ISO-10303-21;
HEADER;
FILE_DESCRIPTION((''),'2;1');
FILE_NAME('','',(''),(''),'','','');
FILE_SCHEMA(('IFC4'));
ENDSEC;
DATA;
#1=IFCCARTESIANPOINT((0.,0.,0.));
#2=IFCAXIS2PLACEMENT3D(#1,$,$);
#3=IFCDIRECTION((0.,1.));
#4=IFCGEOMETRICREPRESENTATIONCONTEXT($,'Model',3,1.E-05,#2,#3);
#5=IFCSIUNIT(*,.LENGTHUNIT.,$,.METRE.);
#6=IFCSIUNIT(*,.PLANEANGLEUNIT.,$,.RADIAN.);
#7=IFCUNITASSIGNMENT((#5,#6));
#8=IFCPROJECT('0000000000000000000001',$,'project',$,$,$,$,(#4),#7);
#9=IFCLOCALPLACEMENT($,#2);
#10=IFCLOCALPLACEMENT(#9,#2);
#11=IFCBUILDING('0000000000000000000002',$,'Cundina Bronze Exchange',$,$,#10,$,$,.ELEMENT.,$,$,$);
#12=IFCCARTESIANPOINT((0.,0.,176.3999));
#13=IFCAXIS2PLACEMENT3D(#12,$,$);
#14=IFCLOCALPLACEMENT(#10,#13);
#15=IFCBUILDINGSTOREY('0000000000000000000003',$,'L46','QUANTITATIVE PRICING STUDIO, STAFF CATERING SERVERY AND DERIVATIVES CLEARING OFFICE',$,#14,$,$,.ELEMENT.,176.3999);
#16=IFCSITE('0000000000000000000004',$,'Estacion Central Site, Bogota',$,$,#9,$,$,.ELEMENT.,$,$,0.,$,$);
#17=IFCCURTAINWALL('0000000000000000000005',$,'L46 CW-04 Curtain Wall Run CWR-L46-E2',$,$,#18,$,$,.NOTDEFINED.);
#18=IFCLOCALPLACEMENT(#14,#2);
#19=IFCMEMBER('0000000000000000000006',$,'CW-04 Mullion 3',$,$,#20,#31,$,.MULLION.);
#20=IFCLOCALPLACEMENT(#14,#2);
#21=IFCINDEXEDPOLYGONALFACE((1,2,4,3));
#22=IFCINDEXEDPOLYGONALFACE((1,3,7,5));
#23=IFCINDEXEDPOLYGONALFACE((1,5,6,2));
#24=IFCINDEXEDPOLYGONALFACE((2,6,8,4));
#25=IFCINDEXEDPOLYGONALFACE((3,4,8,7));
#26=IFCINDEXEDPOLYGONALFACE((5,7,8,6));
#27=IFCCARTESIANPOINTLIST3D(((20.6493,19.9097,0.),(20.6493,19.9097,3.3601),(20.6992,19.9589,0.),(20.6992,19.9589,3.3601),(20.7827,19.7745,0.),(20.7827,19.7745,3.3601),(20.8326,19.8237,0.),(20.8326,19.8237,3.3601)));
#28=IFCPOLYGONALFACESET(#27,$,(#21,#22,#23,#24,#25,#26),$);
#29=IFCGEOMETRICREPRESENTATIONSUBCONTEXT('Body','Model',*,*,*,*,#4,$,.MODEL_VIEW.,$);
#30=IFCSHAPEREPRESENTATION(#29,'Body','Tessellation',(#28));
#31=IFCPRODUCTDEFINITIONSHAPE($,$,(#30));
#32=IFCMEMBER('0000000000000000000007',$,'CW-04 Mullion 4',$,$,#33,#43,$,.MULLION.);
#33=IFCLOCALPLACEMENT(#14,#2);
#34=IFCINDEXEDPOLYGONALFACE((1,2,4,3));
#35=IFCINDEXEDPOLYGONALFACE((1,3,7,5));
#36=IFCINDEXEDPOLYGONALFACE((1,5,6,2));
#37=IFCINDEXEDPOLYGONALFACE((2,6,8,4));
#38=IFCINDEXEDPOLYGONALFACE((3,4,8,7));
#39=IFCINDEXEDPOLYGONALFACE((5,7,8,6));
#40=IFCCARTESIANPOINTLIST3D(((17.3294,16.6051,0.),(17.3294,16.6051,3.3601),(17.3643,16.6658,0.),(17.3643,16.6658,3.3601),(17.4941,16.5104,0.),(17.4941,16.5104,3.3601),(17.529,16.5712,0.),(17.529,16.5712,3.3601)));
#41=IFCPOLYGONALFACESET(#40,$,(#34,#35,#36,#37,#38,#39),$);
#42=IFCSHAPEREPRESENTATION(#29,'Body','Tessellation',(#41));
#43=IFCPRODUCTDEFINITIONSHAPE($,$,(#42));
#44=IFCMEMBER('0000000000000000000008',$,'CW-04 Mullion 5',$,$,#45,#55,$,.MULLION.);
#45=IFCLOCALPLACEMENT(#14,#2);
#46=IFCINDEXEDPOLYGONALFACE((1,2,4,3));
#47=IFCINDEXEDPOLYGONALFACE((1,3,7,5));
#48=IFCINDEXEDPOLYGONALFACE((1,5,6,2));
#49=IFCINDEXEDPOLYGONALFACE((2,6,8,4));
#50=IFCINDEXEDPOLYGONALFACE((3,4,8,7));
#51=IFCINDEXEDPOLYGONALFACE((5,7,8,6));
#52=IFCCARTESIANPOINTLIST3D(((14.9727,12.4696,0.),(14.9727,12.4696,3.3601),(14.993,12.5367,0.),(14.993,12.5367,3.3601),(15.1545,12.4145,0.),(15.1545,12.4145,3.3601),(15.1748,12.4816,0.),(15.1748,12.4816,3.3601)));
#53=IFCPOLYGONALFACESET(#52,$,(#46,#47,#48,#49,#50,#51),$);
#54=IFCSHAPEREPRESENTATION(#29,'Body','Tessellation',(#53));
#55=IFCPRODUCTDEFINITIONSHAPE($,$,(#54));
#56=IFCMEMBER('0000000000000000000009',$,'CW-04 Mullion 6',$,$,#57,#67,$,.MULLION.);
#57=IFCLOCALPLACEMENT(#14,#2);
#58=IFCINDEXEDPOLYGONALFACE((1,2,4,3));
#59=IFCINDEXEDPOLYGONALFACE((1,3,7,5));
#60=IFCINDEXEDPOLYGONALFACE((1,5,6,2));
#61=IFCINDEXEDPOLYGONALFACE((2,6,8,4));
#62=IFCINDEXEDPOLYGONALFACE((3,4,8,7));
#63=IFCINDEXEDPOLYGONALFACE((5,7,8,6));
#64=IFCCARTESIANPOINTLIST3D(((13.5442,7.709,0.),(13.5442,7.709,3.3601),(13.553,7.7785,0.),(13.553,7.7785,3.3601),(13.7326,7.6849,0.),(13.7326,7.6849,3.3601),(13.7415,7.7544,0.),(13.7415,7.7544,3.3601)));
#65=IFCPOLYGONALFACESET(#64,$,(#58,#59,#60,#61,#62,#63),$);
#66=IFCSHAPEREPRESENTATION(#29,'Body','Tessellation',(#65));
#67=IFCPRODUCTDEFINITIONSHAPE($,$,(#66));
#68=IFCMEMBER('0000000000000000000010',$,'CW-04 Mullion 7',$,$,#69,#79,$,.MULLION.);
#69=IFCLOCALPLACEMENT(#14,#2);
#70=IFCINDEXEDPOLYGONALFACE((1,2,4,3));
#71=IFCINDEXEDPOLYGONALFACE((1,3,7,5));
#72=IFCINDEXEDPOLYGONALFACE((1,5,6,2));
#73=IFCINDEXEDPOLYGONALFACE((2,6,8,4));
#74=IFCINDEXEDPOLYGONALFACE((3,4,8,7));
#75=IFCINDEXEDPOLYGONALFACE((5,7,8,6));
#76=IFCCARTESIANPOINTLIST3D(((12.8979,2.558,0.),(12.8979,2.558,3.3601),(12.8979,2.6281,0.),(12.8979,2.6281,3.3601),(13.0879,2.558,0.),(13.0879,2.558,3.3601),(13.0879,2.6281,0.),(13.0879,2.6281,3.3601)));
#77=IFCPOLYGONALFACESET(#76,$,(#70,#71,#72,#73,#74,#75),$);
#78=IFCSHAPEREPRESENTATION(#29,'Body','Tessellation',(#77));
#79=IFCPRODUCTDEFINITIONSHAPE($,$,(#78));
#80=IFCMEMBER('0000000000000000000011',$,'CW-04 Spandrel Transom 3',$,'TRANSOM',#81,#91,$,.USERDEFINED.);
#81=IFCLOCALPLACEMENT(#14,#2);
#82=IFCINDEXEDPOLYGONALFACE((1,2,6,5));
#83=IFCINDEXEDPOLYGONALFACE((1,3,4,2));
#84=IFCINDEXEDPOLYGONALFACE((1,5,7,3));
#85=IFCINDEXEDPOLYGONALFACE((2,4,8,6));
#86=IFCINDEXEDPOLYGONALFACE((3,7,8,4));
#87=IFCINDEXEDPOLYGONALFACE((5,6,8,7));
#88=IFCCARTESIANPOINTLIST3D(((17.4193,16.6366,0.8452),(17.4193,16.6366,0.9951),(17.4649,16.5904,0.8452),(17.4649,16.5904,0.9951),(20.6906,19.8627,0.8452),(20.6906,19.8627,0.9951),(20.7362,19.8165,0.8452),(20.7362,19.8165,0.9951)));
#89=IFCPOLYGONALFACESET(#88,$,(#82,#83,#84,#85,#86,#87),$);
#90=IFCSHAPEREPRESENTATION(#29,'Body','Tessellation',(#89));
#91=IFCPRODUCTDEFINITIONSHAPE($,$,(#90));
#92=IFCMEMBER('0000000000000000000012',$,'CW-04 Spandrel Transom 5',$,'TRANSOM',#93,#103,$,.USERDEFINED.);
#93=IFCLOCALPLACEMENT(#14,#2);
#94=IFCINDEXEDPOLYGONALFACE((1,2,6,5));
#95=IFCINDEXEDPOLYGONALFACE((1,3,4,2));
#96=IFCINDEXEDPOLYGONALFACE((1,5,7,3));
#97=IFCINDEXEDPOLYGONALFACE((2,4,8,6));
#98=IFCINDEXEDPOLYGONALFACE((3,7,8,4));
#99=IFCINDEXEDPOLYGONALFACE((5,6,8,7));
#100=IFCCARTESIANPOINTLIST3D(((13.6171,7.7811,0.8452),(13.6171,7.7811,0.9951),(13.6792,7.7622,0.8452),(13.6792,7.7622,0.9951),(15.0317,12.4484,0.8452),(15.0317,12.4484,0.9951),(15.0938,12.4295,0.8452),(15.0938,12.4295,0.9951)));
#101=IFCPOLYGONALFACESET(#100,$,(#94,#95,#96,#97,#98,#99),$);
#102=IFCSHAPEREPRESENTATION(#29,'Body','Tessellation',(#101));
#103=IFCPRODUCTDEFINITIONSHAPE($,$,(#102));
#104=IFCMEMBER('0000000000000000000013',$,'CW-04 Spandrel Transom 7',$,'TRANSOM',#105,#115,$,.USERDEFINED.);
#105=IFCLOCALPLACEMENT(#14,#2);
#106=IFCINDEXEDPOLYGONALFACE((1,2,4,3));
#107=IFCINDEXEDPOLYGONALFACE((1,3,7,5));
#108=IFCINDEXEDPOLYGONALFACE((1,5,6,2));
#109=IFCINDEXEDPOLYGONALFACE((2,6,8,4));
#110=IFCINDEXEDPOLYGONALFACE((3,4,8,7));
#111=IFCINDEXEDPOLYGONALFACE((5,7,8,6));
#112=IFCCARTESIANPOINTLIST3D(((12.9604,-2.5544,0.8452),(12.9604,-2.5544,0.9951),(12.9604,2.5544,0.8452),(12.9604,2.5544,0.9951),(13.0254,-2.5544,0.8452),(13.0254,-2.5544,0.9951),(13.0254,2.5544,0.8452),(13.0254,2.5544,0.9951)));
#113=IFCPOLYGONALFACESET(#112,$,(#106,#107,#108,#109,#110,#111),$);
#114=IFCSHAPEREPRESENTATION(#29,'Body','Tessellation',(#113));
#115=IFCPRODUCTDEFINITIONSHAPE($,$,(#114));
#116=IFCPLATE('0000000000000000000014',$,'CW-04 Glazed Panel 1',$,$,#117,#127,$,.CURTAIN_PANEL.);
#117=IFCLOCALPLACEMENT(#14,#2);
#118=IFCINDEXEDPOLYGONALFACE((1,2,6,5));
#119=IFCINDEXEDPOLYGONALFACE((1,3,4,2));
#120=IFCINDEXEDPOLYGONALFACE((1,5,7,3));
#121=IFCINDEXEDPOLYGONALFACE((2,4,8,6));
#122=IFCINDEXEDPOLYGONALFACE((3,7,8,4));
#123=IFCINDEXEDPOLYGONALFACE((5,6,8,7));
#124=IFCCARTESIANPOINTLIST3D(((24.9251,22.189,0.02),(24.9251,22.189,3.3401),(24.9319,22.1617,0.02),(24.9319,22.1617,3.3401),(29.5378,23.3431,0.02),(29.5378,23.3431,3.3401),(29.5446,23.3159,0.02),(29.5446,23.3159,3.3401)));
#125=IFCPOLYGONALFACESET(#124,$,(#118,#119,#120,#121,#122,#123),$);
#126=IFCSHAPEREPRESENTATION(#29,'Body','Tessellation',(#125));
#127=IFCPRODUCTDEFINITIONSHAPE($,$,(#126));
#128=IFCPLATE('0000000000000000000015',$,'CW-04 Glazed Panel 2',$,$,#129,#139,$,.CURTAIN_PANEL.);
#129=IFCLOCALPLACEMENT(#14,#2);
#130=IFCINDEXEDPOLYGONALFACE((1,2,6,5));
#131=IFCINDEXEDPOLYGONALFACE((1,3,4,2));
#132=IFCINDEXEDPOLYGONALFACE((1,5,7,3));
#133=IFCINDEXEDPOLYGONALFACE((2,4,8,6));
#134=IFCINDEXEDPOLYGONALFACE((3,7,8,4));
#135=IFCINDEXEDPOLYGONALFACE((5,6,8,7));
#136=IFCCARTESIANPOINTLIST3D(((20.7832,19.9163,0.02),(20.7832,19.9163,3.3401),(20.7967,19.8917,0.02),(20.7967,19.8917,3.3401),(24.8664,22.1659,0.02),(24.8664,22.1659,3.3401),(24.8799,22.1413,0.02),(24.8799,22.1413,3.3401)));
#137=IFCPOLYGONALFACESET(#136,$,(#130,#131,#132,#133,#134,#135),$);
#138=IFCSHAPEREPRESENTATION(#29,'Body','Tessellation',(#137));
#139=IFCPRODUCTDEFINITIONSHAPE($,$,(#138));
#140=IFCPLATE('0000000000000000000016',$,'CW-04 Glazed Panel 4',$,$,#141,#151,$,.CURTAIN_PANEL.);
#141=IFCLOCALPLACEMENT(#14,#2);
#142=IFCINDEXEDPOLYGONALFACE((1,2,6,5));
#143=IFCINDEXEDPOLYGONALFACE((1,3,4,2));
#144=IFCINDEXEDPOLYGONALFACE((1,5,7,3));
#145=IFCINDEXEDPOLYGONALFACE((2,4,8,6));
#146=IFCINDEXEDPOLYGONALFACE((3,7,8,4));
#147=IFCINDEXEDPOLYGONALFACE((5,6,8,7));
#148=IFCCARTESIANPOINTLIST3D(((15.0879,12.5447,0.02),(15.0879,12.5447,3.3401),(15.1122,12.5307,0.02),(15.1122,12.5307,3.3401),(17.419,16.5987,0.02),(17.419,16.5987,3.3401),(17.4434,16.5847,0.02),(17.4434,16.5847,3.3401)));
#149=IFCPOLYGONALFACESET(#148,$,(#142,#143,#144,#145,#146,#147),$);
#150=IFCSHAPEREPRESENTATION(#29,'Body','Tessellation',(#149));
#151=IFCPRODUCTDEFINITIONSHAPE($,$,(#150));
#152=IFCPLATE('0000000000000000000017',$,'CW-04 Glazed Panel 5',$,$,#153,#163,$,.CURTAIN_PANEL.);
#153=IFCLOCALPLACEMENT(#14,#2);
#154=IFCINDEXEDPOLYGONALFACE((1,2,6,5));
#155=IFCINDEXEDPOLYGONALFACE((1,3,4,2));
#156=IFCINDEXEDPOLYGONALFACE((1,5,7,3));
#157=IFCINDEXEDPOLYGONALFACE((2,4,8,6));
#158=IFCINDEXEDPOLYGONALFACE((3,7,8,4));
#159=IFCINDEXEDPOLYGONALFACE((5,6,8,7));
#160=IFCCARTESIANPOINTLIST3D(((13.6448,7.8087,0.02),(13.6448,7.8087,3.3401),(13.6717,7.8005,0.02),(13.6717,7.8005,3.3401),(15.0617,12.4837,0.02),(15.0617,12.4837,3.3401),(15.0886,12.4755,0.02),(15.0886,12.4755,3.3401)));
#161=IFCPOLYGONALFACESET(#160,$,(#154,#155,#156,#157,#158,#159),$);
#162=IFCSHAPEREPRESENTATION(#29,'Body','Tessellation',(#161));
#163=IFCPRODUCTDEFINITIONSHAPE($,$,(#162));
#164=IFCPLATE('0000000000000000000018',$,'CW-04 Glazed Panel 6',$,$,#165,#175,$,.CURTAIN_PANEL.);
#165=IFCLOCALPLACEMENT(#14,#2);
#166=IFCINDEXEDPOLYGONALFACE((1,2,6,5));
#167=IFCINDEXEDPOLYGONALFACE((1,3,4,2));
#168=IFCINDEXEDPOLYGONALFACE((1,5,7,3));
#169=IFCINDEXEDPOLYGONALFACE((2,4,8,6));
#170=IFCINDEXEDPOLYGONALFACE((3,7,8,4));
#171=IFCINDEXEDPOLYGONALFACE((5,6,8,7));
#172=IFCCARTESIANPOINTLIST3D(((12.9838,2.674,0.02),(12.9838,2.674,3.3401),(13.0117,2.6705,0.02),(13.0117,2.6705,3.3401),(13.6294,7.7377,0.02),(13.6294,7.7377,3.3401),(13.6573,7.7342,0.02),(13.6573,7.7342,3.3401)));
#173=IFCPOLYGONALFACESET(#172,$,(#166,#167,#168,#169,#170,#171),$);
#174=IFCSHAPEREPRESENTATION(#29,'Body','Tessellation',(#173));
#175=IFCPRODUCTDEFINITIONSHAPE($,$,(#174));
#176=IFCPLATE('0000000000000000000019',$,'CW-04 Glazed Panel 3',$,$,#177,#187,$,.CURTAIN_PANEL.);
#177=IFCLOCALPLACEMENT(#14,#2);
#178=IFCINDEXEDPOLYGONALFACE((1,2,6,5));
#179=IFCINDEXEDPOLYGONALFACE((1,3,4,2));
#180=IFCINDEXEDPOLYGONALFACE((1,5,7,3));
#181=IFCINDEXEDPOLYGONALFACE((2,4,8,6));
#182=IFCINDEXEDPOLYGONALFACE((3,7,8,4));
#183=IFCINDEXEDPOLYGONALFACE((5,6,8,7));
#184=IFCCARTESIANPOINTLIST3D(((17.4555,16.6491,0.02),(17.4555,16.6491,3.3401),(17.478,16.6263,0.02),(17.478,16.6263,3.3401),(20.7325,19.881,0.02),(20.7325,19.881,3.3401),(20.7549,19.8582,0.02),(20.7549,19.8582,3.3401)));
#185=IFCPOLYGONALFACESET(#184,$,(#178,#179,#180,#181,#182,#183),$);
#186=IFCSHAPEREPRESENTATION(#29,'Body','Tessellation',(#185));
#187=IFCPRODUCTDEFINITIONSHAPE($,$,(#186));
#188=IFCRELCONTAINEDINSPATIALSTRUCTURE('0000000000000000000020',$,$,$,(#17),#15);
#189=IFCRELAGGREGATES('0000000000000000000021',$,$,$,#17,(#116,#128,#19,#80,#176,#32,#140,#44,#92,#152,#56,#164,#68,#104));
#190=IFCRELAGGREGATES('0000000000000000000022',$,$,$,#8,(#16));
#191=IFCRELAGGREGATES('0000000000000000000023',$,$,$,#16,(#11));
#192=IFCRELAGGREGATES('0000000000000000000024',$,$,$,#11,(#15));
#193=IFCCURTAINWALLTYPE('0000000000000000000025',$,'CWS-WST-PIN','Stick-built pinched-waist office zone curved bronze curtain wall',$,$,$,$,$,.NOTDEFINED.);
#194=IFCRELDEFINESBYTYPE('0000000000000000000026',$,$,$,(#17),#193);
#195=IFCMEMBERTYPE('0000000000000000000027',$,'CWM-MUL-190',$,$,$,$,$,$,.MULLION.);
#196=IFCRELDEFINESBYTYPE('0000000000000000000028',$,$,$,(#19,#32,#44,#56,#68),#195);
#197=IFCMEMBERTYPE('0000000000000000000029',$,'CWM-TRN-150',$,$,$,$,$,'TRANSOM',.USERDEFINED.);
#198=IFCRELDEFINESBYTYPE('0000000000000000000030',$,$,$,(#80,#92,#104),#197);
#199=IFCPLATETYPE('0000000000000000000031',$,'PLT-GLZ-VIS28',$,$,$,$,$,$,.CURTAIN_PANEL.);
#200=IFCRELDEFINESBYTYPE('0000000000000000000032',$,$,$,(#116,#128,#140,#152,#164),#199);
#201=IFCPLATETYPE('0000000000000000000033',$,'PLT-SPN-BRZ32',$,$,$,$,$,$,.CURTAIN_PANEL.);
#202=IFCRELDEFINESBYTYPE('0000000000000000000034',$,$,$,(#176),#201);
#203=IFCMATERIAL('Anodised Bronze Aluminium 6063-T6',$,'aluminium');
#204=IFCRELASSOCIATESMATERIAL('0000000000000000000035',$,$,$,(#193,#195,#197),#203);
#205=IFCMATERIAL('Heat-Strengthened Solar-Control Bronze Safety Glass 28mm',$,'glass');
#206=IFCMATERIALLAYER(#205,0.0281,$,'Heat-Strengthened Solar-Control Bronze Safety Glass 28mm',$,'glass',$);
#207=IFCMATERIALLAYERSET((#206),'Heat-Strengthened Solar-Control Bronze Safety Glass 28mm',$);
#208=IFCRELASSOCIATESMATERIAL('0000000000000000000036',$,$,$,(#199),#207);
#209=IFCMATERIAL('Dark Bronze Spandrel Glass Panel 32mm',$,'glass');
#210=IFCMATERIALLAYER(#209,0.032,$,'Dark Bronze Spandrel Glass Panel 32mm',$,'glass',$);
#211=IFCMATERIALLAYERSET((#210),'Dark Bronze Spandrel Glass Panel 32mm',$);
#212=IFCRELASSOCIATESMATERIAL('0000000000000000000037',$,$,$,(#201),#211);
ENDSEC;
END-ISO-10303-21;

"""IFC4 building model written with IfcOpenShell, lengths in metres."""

from ifc_helpers import new_model, si_unit, direction, frame, origin, origin_2d, place, context, subcontext, project, spatial, rectangle, extrude, material, layer, layer_set, material_profile, profile_set, type_object, element, aggregate, save


model = new_model("IFC4")

# Units and contexts
model_context = context("Model", 3, precision=1e-05, world=origin(), true_north=direction((0.0, 1.0)))
body_context = subcontext(model_context, "Body", "Model", "MODEL_VIEW")
ifc_project = project(units=[si_unit("LENGTHUNIT", "METRE"), si_unit("PLANEANGLEUNIT", "RADIAN")], contexts=[model_context])

# Site, building, storey
site_placement = place(None, origin())
site = spatial("IfcSite", under=ifc_project, at=site_placement, Name="Estacion Central Site, Bogota", CompositionType="ELEMENT", RefElevation=0.0)
building_placement = place(site_placement, origin())
building = spatial("IfcBuilding", under=site, at=building_placement, Name="Cundina Bronze Exchange", CompositionType="ELEMENT")
storey_placement = place(building_placement, frame((0.0, 0.0, 176.3999)))
storey = spatial("IfcBuildingStorey", under=building, at=storey_placement, Name="L46", Description="QUANTITATIVE PRICING STUDIO, STAFF CATERING SERVERY AND DERIVATIVES CLEARING OFFICE", CompositionType="ELEMENT", Elevation=176.3999)

# Curtain wall, members, plates
ifc_material_1 = material(Name="Anodised Bronze Aluminium 6063-T6", Category="aluminium")
curtain_wall_type = type_object("IfcCurtainWallType", Name="CWS-WST-PIN", Description="Stick-built pinched-waist office zone curved bronze curtain wall", PredefinedType="NOTDEFINED", material=ifc_material_1)
curtain_wall_placement = place(storey_placement, origin())
curtain_wall = element("IfcCurtainWall", 1, at=curtain_wall_placement, inside=storey, type_object=curtain_wall_type, Name="L46 CW-04 Curtain Wall Run CWR-L46-E2", PredefinedType="NOTDEFINED")
ifc_material_profile_1 = material_profile(ifc_material_1, rectangle(XDim=0.0701, YDim=0.1899, at=origin_2d()), Name="AL70X190", Category="aluminium")
ifc_profile_set_1 = profile_set([ifc_material_profile_1], Name="Anodised Bronze Aluminium 6063-T6")
member_type_1 = type_object("IfcMemberType", Name="CWM-MUL-190", PredefinedType="MULLION", material=ifc_profile_set_1)
member_1_placement = place(storey_placement, frame((20.741, 19.8667, 0.0), z_axis=(0.0, 0.0, 1.0), x_axis=(-0.712026, -0.702153, 0.0)))
member_1 = element("IfcMember", 2, at=member_1_placement, type_object=member_type_1, Name="CW-04 Mullion 3", PredefinedType="MULLION", context=body_context, shape_type="SweptSolid", body=[
    extrude(rectangle(XDim=0.0701, YDim=0.1899, at=origin_2d()), origin(), (0.0, 0.0, 1.0), 3.3601),
])
member_2_placement = place(storey_placement, frame((17.4292, 16.5881, 0.0), z_axis=(0.0, 0.0, 1.0), x_axis=(-0.498488, -0.866897, 0.0)))
member_2 = element("IfcMember", 3, at=member_2_placement, type_object=member_type_1, Name="CW-04 Mullion 4", PredefinedType="MULLION", context=body_context, shape_type="SweptSolid", body=[
    extrude(rectangle(XDim=0.0701, YDim=0.1899, at=origin_2d()), origin(), (0.0, 0.0, 1.0), 3.3601),
])
member_3_placement = place(storey_placement, frame((15.0737, 12.4756, 0.0), z_axis=(0.0, 0.0, 1.0), x_axis=(-0.290034, -0.957016, 0.0)))
member_3 = element("IfcMember", 4, at=member_3_placement, type_object=member_type_1, Name="CW-04 Mullion 5", PredefinedType="MULLION", context=body_context, shape_type="SweptSolid", body=[
    extrude(rectangle(XDim=0.0701, YDim=0.1899, at=origin_2d()), origin(), (0.0, 0.0, 1.0), 3.3601),
])
member_4_placement = place(storey_placement, frame((13.6428, 7.7317, 0.0), z_axis=(0.0, 0.0, 1.0), x_axis=(-0.126545, -0.991961, 0.0)))
member_4 = element("IfcMember", 5, at=member_4_placement, type_object=member_type_1, Name="CW-04 Mullion 6", PredefinedType="MULLION", context=body_context, shape_type="SweptSolid", body=[
    extrude(rectangle(XDim=0.0701, YDim=0.1899, at=origin_2d()), origin(), (0.0, 0.0, 1.0), 3.3601),
])
member_5_placement = place(storey_placement, frame((12.9929, 2.593, 0.0), z_axis=(0.0, 0.0, 1.0), x_axis=(0.0, -1.0, 0.0)))
member_5 = element("IfcMember", 6, at=member_5_placement, type_object=member_type_1, Name="CW-04 Mullion 7", PredefinedType="MULLION", context=body_context, shape_type="SweptSolid", body=[
    extrude(rectangle(XDim=0.0701, YDim=0.1899, at=origin_2d()), origin(), (0.0, 0.0, 1.0), 3.3601),
])
ifc_material_profile_2 = material_profile(ifc_material_1, rectangle(XDim=0.0649, YDim=0.1499, at=origin_2d()), Name="AL65X150", Category="aluminium")
ifc_profile_set_2 = profile_set([ifc_material_profile_2], Name="Anodised Bronze Aluminium 6063-T6")
member_type_2 = type_object("IfcMemberType", Name="CWM-TRN-150", ElementType="TRANSOM", PredefinedType="USERDEFINED", material=ifc_profile_set_2)
member_6_placement = place(storey_placement, frame((20.7134, 19.8396, 0.9202), z_axis=(-0.712005, -0.702174, 0.0), x_axis=(0.702174, -0.712005, 0.0)))
member_6 = element("IfcMember", 7, at=member_6_placement, type_object=member_type_2, Name="CW-04 Spandrel Transom 3", ObjectType="TRANSOM", PredefinedType="USERDEFINED", context=body_context, shape_type="SweptSolid", body=[
    extrude(rectangle(XDim=0.0649, YDim=0.1499, at=origin_2d()), origin(), (0.0, 0.0, 1.0), 4.5945),
])
member_7_placement = place(storey_placement, frame((15.0627, 12.439, 0.9202), z_axis=(-0.290052, -0.957011, 0.0), x_axis=(0.957011, -0.290052, 0.0)))
member_7 = element("IfcMember", 8, at=member_7_placement, type_object=member_type_2, Name="CW-04 Spandrel Transom 5", ObjectType="TRANSOM", PredefinedType="USERDEFINED", context=body_context, shape_type="SweptSolid", body=[
    extrude(rectangle(XDim=0.0649, YDim=0.1499, at=origin_2d()), origin(), (0.0, 0.0, 1.0), 4.877),
])
member_8_placement = place(storey_placement, frame((12.9929, 2.5544, 0.9202), z_axis=(0.0, -1.0, 0.0), x_axis=(1.0, 0.0, 0.0)))
member_8 = element("IfcMember", 9, at=member_8_placement, type_object=member_type_2, Name="CW-04 Spandrel Transom 7", ObjectType="TRANSOM", PredefinedType="USERDEFINED", context=body_context, shape_type="SweptSolid", body=[
    extrude(rectangle(XDim=0.0649, YDim=0.1499, at=origin_2d()), origin(), (0.0, 0.0, 1.0), 5.1089),
])
ifc_material_2 = material(Name="Heat-Strengthened Solar-Control Bronze Safety Glass 28mm", Category="glass")
ifc_layer_1 = layer(ifc_material_2, 0.0281, Name="Heat-Strengthened Solar-Control Bronze Safety Glass 28mm", Category="glass")
ifc_layer_set_1 = layer_set([ifc_layer_1], Name="Heat-Strengthened Solar-Control Bronze Safety Glass 28mm")
plate_type_1 = type_object("IfcPlateType", Name="PLT-GLZ-VIS28", PredefinedType="CURTAIN_PANEL", material=ifc_layer_set_1)
plate_1_placement = place(storey_placement, frame((27.2349, 22.7524, 0.02), z_axis=(0.0, 0.0, 1.0), x_axis=(-0.970093, -0.242735, 0.0)))
plate_1 = element("IfcPlate", 10, at=plate_1_placement, type_object=plate_type_1, Name="CW-04 Glazed Panel 1", PredefinedType="CURTAIN_PANEL", context=body_context, shape_type="SweptSolid", body=[
    extrude(rectangle(XDim=4.7549, YDim=0.0281, at=origin_2d()), origin(), (0.0, 0.0, 1.0), 3.3201),
])
plate_2_placement = place(storey_placement, frame((22.8315, 21.0288, 0.02), z_axis=(0.0, 0.0, 1.0), x_axis=(-0.875869, -0.482549, 0.0)))
plate_2 = element("IfcPlate", 11, at=plate_2_placement, type_object=plate_type_1, Name="CW-04 Glazed Panel 2", PredefinedType="CURTAIN_PANEL", context=body_context, shape_type="SweptSolid", body=[
    extrude(rectangle(XDim=4.6619, YDim=0.0281, at=origin_2d()), origin(), (0.0, 0.0, 1.0), 3.3201),
])
plate_3_placement = place(storey_placement, frame((16.2656, 14.5647, 0.02), z_axis=(0.0, 0.0, 1.0), x_axis=(-0.498488, -0.866897, 0.0)))
plate_3 = element("IfcPlate", 12, at=plate_3_placement, type_object=plate_type_1, Name="CW-04 Glazed Panel 4", PredefinedType="CURTAIN_PANEL", context=body_context, shape_type="SweptSolid", body=[
    extrude(rectangle(XDim=4.6765, YDim=0.0281, at=origin_2d()), origin(), (0.0, 0.0, 1.0), 3.3201),
])
plate_4_placement = place(storey_placement, frame((14.3667, 10.1421, 0.02), z_axis=(0.0, 0.0, 1.0), x_axis=(-0.290051, -0.957011, 0.0)))
plate_4 = element("IfcPlate", 13, at=plate_4_placement, type_object=plate_type_1, Name="CW-04 Glazed Panel 5", PredefinedType="CURTAIN_PANEL", context=body_context, shape_type="SweptSolid", body=[
    extrude(rectangle(XDim=4.885, YDim=0.0281, at=origin_2d()), origin(), (0.0, 0.0, 1.0), 3.3201),
])
plate_5_placement = place(storey_placement, frame((13.3206, 5.2041, 0.02), z_axis=(0.0, 0.0, 1.0), x_axis=(-0.126476, -0.99197, 0.0)))
plate_5 = element("IfcPlate", 14, at=plate_5_placement, type_object=plate_type_1, Name="CW-04 Glazed Panel 6", PredefinedType="CURTAIN_PANEL", context=body_context, shape_type="SweptSolid", body=[
    extrude(rectangle(XDim=5.1047, YDim=0.0281, at=origin_2d()), origin(), (0.0, 0.0, 1.0), 3.3201),
])
ifc_material_3 = material(Name="Dark Bronze Spandrel Glass Panel 32mm", Category="glass")
ifc_layer_2 = layer(ifc_material_3, 0.032, Name="Dark Bronze Spandrel Glass Panel 32mm", Category="glass")
ifc_layer_set_2 = layer_set([ifc_layer_2], Name="Dark Bronze Spandrel Glass Panel 32mm")
plate_type_2 = type_object("IfcPlateType", Name="PLT-SPN-BRZ32", PredefinedType="CURTAIN_PANEL", material=ifc_layer_set_2)
plate_6_placement = place(storey_placement, frame((19.1052, 18.2537, 0.02), z_axis=(0.0, 0.0, 1.0), x_axis=(-0.711989, -0.70219, 0.0)))
plate_6 = element("IfcPlate", 15, at=plate_6_placement, type_object=plate_type_2, Name="CW-04 Glazed Panel 3", PredefinedType="CURTAIN_PANEL", context=body_context, shape_type="SweptSolid", body=[
    extrude(rectangle(XDim=4.6025, YDim=0.032, at=origin_2d()), origin(), (0.0, 0.0, 1.0), 3.3201),
])
aggregate(curtain_wall, [plate_1, plate_2, member_1, member_6, plate_6, member_2, plate_3, member_3, member_7, plate_4, member_4, plate_5, member_5, member_8])

save(model, "model.ifc")
